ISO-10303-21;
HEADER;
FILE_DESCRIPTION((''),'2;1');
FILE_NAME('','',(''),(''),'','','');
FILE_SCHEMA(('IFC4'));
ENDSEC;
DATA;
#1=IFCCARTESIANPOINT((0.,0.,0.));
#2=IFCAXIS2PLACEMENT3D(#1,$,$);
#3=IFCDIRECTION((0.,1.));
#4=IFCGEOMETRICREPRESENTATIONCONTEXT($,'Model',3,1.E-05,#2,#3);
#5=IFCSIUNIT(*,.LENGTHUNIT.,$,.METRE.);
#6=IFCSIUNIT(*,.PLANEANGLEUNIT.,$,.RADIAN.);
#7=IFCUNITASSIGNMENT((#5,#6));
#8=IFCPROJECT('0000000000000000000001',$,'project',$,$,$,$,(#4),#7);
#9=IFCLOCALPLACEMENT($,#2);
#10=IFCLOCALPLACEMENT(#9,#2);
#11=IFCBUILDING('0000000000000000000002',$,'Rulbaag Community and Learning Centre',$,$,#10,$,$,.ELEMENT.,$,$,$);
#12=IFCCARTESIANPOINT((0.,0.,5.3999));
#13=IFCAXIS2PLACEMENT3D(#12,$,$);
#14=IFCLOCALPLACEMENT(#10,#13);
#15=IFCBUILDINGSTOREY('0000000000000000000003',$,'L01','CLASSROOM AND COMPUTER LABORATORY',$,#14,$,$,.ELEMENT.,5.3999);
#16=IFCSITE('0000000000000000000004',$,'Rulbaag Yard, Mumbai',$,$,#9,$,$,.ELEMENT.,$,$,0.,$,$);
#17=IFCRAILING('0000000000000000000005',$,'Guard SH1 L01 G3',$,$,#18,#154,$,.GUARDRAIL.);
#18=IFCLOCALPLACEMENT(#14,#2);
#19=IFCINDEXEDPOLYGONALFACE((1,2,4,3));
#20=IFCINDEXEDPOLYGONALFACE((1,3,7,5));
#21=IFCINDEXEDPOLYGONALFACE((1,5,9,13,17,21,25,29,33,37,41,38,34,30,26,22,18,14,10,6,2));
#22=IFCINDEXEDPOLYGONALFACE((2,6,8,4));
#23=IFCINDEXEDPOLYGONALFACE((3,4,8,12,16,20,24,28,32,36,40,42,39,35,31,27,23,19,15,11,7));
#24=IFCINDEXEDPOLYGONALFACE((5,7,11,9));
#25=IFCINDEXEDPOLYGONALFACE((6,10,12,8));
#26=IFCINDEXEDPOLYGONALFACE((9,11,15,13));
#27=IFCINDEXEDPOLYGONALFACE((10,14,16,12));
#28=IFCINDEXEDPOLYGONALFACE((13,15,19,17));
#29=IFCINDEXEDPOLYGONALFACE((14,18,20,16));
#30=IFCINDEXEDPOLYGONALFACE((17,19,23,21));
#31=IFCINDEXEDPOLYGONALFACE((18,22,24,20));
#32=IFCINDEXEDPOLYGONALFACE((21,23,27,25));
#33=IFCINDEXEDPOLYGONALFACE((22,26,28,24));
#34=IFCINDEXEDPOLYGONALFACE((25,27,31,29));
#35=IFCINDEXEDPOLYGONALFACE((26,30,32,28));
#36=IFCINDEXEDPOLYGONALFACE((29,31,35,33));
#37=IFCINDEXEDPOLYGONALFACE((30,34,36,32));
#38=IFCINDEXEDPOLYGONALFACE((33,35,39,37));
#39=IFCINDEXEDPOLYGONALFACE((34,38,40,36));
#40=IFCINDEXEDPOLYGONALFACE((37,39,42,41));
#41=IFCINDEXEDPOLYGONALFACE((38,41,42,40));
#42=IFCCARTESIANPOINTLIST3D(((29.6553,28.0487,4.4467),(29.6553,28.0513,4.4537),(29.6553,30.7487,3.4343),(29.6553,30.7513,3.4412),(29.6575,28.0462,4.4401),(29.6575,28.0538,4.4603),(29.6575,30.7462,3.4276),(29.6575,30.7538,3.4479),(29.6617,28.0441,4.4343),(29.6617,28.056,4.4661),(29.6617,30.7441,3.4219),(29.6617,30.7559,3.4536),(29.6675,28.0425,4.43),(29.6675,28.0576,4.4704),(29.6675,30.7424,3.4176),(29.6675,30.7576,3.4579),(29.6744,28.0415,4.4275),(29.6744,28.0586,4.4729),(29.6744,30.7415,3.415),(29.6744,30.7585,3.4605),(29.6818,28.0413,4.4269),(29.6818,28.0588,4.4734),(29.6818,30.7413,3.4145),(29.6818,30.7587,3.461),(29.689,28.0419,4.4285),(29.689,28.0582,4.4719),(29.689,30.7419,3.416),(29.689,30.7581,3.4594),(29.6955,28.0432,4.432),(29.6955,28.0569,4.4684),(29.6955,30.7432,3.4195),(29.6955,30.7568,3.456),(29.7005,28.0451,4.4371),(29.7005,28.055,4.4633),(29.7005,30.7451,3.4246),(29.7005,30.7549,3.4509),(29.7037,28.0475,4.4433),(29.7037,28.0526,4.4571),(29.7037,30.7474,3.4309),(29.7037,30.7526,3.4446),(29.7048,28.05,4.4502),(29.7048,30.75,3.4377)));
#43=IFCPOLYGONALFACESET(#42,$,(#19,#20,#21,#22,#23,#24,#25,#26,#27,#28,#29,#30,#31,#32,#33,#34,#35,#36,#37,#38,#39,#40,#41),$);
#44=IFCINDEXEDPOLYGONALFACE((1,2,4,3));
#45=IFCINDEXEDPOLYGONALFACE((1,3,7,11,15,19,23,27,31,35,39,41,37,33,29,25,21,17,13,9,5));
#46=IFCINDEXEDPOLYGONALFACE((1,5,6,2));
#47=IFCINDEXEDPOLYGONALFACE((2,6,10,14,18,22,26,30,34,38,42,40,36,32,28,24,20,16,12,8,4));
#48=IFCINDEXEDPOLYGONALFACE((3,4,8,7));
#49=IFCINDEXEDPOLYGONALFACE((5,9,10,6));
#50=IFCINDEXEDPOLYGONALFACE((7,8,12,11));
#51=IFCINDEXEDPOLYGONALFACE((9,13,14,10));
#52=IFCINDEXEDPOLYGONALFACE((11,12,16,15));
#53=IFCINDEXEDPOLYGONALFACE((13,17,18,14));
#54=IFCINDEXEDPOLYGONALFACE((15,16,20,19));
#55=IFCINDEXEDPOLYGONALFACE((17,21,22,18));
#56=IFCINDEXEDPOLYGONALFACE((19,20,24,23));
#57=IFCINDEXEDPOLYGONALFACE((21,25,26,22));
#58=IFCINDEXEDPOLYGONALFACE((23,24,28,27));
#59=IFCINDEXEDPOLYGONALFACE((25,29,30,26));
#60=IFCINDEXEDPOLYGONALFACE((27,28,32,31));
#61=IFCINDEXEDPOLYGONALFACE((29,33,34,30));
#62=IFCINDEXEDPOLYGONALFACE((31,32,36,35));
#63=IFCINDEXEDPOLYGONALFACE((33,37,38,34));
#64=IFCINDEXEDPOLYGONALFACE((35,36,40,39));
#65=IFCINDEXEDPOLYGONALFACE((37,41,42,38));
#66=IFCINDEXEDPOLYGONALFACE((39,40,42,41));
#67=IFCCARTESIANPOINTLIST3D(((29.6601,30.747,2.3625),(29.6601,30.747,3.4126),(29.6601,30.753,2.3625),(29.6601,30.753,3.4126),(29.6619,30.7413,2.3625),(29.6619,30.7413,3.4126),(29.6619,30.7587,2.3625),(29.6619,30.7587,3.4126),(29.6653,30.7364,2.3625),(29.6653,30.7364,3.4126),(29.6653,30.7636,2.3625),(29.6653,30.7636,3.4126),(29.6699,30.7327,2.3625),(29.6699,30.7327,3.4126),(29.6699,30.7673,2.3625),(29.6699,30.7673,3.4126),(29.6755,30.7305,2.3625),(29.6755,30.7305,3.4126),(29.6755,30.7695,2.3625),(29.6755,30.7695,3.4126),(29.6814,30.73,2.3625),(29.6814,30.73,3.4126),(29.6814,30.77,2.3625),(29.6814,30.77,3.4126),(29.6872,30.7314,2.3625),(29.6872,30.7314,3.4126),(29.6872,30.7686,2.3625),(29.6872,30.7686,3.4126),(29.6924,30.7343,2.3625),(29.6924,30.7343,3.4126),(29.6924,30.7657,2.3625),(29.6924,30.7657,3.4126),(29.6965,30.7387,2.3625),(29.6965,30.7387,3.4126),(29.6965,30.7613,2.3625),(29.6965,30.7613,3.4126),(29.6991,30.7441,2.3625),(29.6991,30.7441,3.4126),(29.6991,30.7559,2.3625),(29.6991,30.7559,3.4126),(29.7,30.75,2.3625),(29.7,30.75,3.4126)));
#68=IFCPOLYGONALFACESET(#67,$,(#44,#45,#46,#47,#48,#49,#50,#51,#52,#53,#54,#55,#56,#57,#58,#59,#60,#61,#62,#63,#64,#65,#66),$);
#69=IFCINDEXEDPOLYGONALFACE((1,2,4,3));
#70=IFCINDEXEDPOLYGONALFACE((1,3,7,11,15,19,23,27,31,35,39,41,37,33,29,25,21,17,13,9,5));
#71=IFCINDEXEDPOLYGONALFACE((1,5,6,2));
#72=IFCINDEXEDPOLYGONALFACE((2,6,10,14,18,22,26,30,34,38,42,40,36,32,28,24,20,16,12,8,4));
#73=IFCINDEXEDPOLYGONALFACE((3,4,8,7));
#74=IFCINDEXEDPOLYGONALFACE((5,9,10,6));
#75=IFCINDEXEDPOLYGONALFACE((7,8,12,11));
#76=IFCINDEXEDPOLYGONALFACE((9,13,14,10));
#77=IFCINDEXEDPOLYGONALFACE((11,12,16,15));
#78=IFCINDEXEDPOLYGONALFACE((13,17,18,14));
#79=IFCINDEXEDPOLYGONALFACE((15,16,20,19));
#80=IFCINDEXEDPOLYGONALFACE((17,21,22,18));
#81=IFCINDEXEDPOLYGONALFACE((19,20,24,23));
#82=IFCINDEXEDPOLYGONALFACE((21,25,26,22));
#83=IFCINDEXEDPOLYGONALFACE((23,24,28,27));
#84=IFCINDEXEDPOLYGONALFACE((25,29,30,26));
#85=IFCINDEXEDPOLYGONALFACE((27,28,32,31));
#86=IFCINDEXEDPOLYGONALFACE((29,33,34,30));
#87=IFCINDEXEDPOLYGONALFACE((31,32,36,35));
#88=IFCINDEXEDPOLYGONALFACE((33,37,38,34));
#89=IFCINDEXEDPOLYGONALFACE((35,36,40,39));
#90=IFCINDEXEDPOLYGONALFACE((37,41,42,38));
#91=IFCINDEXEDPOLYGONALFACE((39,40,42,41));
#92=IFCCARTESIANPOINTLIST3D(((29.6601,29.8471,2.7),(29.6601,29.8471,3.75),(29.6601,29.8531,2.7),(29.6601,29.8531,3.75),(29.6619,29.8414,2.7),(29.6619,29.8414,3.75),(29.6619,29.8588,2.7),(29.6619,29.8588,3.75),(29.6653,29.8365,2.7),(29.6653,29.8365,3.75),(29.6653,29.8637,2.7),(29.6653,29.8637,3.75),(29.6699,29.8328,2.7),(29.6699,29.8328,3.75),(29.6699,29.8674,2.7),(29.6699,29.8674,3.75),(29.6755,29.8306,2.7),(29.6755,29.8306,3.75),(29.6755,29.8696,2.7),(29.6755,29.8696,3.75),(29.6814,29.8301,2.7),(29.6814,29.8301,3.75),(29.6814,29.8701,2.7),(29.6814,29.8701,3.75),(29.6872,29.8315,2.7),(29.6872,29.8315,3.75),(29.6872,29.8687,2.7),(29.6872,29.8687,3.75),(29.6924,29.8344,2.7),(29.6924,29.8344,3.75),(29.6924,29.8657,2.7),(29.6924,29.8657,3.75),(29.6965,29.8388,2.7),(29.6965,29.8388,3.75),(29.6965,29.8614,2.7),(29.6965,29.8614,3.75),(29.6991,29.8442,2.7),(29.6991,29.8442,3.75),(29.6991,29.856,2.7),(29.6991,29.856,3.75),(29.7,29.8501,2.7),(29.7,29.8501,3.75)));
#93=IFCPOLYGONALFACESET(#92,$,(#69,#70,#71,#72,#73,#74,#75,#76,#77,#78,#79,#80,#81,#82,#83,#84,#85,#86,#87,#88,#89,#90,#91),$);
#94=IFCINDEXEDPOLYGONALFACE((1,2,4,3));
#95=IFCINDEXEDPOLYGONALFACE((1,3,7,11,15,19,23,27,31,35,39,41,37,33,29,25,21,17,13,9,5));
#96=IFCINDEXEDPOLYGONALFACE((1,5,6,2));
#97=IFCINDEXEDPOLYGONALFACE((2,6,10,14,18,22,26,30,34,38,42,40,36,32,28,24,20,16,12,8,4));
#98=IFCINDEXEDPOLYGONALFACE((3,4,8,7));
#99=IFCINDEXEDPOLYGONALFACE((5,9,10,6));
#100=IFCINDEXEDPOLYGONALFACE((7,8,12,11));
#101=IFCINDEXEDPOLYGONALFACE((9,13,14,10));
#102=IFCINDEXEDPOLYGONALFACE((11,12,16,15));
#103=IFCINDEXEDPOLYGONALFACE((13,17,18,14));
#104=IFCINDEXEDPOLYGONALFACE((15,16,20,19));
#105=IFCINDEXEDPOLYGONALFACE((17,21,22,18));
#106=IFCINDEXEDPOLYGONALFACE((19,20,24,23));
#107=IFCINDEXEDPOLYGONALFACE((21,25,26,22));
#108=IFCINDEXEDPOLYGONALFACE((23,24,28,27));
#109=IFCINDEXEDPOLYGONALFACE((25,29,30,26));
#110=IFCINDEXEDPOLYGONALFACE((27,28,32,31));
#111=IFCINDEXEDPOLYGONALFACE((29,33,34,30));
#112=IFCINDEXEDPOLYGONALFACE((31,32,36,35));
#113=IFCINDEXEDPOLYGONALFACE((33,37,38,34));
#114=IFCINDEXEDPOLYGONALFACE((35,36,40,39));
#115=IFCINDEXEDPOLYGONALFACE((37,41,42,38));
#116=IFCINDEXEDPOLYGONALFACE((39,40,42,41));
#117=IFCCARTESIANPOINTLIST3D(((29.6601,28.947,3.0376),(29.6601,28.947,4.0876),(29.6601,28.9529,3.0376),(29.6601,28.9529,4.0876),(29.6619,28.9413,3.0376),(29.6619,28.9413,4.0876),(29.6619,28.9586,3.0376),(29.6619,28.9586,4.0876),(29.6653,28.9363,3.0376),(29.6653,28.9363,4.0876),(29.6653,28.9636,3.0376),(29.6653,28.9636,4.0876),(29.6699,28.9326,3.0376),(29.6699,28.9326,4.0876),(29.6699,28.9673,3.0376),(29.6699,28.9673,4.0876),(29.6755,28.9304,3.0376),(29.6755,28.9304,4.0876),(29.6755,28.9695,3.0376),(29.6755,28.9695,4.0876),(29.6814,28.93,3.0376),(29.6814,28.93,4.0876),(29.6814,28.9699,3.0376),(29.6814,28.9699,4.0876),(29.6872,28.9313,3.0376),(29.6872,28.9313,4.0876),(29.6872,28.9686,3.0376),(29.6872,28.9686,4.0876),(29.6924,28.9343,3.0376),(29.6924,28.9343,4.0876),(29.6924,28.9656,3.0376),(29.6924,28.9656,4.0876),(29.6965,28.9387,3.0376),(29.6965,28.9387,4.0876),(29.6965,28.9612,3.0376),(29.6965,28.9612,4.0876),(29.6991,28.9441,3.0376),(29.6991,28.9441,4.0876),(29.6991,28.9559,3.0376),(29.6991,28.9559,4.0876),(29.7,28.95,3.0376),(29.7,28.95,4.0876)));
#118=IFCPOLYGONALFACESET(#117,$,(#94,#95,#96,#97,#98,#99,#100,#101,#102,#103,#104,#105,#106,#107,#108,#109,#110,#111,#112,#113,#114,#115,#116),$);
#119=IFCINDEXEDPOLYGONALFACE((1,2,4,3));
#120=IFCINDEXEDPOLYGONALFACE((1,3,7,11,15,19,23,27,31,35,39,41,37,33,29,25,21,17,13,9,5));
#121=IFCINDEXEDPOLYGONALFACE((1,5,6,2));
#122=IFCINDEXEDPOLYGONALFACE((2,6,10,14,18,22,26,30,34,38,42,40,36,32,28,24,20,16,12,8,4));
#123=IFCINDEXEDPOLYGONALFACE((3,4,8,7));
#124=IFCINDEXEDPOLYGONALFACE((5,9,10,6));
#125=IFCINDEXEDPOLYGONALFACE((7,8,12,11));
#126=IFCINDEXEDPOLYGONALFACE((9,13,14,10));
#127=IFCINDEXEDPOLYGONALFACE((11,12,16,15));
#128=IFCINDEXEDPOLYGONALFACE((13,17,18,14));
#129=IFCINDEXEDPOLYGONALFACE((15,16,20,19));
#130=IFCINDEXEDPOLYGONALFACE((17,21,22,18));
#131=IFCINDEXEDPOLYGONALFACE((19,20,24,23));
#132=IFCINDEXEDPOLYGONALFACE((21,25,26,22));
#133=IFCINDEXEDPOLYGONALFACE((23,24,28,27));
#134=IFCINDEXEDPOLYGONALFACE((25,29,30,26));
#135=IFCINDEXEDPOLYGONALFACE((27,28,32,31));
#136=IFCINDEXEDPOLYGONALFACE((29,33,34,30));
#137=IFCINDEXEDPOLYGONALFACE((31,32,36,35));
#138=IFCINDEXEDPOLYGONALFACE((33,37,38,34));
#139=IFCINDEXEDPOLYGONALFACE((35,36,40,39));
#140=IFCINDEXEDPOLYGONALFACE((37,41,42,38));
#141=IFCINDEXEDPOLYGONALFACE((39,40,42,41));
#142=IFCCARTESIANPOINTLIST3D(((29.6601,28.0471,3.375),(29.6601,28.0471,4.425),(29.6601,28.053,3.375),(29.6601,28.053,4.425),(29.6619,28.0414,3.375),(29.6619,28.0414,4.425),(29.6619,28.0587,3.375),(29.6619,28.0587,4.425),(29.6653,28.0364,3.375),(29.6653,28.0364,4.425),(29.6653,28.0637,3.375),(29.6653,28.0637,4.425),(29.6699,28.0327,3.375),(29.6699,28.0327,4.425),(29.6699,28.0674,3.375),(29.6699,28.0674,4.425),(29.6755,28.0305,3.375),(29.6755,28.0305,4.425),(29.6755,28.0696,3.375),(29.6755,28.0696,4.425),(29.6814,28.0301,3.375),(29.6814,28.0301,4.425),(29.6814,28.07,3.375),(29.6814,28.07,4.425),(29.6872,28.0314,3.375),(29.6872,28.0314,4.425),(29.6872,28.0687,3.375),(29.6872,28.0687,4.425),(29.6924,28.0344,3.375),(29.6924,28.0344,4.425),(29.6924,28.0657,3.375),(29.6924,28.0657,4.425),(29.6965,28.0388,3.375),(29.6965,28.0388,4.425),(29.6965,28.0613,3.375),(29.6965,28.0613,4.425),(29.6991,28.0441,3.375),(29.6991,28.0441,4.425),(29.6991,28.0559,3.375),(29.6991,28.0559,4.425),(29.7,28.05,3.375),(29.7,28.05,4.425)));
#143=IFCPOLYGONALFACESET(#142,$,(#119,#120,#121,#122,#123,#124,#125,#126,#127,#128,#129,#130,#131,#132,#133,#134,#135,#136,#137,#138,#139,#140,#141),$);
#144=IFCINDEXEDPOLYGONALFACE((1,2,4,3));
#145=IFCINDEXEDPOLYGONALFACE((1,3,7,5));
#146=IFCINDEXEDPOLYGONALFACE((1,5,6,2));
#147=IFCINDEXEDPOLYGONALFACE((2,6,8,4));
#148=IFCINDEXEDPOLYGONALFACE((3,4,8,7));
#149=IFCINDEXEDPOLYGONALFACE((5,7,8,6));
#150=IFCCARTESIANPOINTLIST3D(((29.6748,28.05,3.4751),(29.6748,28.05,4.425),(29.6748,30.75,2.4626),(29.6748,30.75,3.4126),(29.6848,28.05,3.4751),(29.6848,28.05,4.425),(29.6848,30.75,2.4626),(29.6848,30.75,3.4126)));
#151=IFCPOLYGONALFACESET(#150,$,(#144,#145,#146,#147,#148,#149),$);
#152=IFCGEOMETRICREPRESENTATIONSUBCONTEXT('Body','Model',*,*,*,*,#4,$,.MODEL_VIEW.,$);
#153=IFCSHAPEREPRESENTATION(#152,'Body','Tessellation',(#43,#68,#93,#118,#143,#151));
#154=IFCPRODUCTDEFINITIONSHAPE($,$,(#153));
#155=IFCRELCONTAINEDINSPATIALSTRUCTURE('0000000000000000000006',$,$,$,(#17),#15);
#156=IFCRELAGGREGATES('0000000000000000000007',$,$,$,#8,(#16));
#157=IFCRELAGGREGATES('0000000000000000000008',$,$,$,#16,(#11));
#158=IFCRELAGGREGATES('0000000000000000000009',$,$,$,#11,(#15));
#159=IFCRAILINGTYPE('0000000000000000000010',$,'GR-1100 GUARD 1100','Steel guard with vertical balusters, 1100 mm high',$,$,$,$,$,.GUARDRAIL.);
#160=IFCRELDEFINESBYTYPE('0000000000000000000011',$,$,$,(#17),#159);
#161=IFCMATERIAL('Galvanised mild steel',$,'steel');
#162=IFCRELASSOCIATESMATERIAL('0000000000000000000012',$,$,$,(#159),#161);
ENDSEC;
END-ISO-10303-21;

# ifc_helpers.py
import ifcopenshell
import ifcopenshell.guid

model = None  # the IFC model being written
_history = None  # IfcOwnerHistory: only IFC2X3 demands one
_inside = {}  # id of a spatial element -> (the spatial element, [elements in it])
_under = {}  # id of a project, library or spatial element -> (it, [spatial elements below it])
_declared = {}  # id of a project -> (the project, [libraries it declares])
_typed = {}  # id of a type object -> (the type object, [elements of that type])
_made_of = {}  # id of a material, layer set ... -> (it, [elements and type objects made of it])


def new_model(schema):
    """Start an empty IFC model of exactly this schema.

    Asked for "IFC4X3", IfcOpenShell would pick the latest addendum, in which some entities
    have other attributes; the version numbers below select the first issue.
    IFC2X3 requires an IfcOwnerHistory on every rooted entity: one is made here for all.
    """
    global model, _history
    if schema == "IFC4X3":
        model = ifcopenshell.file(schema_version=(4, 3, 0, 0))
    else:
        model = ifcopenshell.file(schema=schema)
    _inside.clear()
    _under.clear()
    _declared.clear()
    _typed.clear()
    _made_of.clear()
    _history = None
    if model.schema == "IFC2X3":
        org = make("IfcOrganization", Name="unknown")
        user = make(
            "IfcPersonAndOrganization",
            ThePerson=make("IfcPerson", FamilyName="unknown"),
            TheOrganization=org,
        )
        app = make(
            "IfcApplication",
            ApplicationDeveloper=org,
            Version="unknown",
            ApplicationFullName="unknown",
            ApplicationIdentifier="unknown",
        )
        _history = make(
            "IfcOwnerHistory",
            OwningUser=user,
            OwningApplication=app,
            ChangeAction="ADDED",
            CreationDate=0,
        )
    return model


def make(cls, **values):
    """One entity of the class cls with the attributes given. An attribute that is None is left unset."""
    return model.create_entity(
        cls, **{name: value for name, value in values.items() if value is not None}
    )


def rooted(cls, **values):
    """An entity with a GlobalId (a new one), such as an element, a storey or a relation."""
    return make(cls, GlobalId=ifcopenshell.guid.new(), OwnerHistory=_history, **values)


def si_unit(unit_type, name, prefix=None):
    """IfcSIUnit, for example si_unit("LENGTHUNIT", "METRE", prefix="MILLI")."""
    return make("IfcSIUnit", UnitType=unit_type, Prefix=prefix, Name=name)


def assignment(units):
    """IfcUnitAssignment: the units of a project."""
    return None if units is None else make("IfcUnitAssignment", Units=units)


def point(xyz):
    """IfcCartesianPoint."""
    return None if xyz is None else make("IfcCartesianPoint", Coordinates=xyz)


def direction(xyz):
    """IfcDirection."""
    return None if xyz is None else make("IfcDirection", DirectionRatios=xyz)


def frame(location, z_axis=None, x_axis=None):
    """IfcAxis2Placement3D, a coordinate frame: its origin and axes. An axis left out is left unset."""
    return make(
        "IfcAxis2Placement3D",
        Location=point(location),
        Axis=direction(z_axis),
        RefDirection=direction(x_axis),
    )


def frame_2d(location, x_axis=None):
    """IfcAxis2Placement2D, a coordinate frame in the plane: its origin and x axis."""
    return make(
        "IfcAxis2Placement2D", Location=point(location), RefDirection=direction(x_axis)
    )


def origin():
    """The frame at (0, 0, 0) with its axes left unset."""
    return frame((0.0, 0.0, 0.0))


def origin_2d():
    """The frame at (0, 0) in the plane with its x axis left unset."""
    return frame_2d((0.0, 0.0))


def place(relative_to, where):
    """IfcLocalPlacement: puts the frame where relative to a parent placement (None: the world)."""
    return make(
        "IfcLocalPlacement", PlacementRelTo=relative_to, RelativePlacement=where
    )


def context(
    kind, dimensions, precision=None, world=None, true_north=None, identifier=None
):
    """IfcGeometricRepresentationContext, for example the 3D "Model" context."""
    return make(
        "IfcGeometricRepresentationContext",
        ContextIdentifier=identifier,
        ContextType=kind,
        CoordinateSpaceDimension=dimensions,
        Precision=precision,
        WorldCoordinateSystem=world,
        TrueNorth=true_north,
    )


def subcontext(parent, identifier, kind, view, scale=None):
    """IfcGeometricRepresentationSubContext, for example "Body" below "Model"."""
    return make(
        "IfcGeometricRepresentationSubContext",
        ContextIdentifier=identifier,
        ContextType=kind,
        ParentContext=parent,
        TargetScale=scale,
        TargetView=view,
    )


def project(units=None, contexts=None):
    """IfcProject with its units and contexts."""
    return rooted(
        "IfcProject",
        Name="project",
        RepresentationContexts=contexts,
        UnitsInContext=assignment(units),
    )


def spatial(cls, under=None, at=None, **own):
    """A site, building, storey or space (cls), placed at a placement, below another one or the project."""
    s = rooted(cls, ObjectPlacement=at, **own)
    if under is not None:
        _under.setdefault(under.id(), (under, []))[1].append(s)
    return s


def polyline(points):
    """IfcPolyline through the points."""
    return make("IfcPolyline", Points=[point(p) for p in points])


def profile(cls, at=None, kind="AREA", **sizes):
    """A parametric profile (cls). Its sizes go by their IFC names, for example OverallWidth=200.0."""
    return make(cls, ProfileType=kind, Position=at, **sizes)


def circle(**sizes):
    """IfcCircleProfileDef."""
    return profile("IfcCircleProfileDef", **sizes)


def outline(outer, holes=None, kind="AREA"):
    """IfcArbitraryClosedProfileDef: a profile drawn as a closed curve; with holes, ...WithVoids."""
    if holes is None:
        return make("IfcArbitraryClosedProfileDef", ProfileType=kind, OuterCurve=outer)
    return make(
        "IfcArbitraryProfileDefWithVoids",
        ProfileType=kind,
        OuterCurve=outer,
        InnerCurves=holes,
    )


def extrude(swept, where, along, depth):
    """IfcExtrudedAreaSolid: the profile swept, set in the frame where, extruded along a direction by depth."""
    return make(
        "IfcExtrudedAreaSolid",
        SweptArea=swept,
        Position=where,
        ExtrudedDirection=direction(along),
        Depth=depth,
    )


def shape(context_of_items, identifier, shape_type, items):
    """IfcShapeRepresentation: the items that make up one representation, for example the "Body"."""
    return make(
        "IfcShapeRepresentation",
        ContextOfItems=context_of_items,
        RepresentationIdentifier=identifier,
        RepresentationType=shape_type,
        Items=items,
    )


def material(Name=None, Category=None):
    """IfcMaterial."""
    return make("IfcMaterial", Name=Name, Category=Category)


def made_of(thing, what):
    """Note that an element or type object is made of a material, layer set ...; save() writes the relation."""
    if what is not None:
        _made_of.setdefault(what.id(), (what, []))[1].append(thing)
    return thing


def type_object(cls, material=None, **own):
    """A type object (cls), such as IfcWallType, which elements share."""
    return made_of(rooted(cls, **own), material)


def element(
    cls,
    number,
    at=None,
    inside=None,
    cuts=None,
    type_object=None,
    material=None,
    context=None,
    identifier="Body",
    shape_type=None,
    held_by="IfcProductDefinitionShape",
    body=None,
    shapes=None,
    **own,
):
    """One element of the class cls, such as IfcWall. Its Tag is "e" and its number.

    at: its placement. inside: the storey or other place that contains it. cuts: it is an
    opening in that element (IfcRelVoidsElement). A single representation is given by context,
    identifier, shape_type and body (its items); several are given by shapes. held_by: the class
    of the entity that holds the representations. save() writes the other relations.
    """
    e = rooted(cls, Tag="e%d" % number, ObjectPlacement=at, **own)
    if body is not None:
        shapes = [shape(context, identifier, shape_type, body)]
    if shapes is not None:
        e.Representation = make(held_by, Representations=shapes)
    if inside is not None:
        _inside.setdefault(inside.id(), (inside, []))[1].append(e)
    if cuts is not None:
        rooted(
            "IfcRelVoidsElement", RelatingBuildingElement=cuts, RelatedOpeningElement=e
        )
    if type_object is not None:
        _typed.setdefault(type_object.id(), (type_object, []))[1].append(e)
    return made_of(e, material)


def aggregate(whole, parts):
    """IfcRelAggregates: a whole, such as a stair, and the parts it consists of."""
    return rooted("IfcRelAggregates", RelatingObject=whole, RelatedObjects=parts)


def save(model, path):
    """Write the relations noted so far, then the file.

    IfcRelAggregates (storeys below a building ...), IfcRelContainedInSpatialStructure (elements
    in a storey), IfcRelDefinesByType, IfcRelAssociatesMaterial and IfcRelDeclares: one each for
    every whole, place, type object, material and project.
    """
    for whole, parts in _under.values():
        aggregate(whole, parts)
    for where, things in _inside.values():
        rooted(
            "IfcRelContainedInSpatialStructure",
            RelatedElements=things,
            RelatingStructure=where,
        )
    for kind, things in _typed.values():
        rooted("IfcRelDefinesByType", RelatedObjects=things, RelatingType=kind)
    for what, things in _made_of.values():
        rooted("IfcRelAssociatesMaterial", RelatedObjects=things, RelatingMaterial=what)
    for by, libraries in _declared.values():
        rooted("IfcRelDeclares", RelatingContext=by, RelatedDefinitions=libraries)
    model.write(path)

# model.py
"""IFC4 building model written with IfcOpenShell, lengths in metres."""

from ifc_helpers import new_model, si_unit, direction, frame, origin, origin_2d, place, context, subcontext, project, spatial, polyline, circle, outline, extrude, material, type_object, element, save


model = new_model("IFC4")

# Units and contexts
model_context = context("Model", 3, precision=1e-05, world=origin(), true_north=direction((0.0, 1.0)))
body_context = subcontext(model_context, "Body", "Model", "MODEL_VIEW")
ifc_project = project(units=[si_unit("LENGTHUNIT", "METRE"), si_unit("PLANEANGLEUNIT", "RADIAN")], contexts=[model_context])

# Site, building, storey
site_placement = place(None, origin())
site = spatial("IfcSite", under=ifc_project, at=site_placement, Name="Rulbaag Yard, Mumbai", CompositionType="ELEMENT", RefElevation=0.0)
building_placement = place(site_placement, origin())
building = spatial("IfcBuilding", under=site, at=building_placement, Name="Rulbaag Community and Learning Centre", CompositionType="ELEMENT")
storey_placement = place(building_placement, frame((0.0, 0.0, 5.3999)))
storey = spatial("IfcBuildingStorey", under=building, at=storey_placement, Name="L01", Description="CLASSROOM AND COMPUTER LABORATORY", CompositionType="ELEMENT", Elevation=5.3999)

# Railing
ifc_material_1 = material(Name="Galvanised mild steel", Category="steel")
railing_type_1 = type_object("IfcRailingType", Name="GR-1100 GUARD 1100", Description="Steel guard with vertical balusters, 1100 mm high", PredefinedType="GUARDRAIL", material=ifc_material_1)
railing_1_placement = place(storey_placement, frame((29.6799, 30.75, 2.3625)))
element("IfcRailing", 1, at=railing_1_placement, inside=storey, type_object=railing_type_1, Name="Guard SH1 L01 G3", PredefinedType="GUARDRAIL", context=body_context, shape_type="SweptSolid", body=[
    extrude(circle(Radius=0.0249, at=origin_2d()), frame((0.0, 0.0, 1.0752), z_axis=(0.0, -0.936333, 0.351114), x_axis=(1.0, 0.0, 0.0)), (0.0, 0.0, 1.0), 2.8835),
    extrude(circle(Radius=0.02, at=origin_2d()), origin(), (0.0, 0.0, 1.0), 1.05),
    extrude(circle(Radius=0.02, at=origin_2d()), frame((0.0, -0.8999, 0.3374)), (0.0, 0.0, 1.0), 1.05),
    extrude(circle(Radius=0.02, at=origin_2d()), frame((0.0, -1.8, 0.675)), (0.0, 0.0, 1.0), 1.05),
    extrude(circle(Radius=0.02, at=origin_2d()), frame((0.0, -2.7, 1.0125)), (0.0, 0.0, 1.0), 1.05),
    extrude(outline(polyline([(0.0, 0.0), (2.7, 1.0125), (2.7, 1.9624), (0.0, 0.95), (0.0, 0.0)])), frame((0.0049, 0.0, 0.1001), z_axis=(-1.0, 0.0, 0.0), x_axis=(0.0, -1.0, 0.0)), (0.0, 0.0, 1.0), 0.01),
])

save(model, "model.ifc")
